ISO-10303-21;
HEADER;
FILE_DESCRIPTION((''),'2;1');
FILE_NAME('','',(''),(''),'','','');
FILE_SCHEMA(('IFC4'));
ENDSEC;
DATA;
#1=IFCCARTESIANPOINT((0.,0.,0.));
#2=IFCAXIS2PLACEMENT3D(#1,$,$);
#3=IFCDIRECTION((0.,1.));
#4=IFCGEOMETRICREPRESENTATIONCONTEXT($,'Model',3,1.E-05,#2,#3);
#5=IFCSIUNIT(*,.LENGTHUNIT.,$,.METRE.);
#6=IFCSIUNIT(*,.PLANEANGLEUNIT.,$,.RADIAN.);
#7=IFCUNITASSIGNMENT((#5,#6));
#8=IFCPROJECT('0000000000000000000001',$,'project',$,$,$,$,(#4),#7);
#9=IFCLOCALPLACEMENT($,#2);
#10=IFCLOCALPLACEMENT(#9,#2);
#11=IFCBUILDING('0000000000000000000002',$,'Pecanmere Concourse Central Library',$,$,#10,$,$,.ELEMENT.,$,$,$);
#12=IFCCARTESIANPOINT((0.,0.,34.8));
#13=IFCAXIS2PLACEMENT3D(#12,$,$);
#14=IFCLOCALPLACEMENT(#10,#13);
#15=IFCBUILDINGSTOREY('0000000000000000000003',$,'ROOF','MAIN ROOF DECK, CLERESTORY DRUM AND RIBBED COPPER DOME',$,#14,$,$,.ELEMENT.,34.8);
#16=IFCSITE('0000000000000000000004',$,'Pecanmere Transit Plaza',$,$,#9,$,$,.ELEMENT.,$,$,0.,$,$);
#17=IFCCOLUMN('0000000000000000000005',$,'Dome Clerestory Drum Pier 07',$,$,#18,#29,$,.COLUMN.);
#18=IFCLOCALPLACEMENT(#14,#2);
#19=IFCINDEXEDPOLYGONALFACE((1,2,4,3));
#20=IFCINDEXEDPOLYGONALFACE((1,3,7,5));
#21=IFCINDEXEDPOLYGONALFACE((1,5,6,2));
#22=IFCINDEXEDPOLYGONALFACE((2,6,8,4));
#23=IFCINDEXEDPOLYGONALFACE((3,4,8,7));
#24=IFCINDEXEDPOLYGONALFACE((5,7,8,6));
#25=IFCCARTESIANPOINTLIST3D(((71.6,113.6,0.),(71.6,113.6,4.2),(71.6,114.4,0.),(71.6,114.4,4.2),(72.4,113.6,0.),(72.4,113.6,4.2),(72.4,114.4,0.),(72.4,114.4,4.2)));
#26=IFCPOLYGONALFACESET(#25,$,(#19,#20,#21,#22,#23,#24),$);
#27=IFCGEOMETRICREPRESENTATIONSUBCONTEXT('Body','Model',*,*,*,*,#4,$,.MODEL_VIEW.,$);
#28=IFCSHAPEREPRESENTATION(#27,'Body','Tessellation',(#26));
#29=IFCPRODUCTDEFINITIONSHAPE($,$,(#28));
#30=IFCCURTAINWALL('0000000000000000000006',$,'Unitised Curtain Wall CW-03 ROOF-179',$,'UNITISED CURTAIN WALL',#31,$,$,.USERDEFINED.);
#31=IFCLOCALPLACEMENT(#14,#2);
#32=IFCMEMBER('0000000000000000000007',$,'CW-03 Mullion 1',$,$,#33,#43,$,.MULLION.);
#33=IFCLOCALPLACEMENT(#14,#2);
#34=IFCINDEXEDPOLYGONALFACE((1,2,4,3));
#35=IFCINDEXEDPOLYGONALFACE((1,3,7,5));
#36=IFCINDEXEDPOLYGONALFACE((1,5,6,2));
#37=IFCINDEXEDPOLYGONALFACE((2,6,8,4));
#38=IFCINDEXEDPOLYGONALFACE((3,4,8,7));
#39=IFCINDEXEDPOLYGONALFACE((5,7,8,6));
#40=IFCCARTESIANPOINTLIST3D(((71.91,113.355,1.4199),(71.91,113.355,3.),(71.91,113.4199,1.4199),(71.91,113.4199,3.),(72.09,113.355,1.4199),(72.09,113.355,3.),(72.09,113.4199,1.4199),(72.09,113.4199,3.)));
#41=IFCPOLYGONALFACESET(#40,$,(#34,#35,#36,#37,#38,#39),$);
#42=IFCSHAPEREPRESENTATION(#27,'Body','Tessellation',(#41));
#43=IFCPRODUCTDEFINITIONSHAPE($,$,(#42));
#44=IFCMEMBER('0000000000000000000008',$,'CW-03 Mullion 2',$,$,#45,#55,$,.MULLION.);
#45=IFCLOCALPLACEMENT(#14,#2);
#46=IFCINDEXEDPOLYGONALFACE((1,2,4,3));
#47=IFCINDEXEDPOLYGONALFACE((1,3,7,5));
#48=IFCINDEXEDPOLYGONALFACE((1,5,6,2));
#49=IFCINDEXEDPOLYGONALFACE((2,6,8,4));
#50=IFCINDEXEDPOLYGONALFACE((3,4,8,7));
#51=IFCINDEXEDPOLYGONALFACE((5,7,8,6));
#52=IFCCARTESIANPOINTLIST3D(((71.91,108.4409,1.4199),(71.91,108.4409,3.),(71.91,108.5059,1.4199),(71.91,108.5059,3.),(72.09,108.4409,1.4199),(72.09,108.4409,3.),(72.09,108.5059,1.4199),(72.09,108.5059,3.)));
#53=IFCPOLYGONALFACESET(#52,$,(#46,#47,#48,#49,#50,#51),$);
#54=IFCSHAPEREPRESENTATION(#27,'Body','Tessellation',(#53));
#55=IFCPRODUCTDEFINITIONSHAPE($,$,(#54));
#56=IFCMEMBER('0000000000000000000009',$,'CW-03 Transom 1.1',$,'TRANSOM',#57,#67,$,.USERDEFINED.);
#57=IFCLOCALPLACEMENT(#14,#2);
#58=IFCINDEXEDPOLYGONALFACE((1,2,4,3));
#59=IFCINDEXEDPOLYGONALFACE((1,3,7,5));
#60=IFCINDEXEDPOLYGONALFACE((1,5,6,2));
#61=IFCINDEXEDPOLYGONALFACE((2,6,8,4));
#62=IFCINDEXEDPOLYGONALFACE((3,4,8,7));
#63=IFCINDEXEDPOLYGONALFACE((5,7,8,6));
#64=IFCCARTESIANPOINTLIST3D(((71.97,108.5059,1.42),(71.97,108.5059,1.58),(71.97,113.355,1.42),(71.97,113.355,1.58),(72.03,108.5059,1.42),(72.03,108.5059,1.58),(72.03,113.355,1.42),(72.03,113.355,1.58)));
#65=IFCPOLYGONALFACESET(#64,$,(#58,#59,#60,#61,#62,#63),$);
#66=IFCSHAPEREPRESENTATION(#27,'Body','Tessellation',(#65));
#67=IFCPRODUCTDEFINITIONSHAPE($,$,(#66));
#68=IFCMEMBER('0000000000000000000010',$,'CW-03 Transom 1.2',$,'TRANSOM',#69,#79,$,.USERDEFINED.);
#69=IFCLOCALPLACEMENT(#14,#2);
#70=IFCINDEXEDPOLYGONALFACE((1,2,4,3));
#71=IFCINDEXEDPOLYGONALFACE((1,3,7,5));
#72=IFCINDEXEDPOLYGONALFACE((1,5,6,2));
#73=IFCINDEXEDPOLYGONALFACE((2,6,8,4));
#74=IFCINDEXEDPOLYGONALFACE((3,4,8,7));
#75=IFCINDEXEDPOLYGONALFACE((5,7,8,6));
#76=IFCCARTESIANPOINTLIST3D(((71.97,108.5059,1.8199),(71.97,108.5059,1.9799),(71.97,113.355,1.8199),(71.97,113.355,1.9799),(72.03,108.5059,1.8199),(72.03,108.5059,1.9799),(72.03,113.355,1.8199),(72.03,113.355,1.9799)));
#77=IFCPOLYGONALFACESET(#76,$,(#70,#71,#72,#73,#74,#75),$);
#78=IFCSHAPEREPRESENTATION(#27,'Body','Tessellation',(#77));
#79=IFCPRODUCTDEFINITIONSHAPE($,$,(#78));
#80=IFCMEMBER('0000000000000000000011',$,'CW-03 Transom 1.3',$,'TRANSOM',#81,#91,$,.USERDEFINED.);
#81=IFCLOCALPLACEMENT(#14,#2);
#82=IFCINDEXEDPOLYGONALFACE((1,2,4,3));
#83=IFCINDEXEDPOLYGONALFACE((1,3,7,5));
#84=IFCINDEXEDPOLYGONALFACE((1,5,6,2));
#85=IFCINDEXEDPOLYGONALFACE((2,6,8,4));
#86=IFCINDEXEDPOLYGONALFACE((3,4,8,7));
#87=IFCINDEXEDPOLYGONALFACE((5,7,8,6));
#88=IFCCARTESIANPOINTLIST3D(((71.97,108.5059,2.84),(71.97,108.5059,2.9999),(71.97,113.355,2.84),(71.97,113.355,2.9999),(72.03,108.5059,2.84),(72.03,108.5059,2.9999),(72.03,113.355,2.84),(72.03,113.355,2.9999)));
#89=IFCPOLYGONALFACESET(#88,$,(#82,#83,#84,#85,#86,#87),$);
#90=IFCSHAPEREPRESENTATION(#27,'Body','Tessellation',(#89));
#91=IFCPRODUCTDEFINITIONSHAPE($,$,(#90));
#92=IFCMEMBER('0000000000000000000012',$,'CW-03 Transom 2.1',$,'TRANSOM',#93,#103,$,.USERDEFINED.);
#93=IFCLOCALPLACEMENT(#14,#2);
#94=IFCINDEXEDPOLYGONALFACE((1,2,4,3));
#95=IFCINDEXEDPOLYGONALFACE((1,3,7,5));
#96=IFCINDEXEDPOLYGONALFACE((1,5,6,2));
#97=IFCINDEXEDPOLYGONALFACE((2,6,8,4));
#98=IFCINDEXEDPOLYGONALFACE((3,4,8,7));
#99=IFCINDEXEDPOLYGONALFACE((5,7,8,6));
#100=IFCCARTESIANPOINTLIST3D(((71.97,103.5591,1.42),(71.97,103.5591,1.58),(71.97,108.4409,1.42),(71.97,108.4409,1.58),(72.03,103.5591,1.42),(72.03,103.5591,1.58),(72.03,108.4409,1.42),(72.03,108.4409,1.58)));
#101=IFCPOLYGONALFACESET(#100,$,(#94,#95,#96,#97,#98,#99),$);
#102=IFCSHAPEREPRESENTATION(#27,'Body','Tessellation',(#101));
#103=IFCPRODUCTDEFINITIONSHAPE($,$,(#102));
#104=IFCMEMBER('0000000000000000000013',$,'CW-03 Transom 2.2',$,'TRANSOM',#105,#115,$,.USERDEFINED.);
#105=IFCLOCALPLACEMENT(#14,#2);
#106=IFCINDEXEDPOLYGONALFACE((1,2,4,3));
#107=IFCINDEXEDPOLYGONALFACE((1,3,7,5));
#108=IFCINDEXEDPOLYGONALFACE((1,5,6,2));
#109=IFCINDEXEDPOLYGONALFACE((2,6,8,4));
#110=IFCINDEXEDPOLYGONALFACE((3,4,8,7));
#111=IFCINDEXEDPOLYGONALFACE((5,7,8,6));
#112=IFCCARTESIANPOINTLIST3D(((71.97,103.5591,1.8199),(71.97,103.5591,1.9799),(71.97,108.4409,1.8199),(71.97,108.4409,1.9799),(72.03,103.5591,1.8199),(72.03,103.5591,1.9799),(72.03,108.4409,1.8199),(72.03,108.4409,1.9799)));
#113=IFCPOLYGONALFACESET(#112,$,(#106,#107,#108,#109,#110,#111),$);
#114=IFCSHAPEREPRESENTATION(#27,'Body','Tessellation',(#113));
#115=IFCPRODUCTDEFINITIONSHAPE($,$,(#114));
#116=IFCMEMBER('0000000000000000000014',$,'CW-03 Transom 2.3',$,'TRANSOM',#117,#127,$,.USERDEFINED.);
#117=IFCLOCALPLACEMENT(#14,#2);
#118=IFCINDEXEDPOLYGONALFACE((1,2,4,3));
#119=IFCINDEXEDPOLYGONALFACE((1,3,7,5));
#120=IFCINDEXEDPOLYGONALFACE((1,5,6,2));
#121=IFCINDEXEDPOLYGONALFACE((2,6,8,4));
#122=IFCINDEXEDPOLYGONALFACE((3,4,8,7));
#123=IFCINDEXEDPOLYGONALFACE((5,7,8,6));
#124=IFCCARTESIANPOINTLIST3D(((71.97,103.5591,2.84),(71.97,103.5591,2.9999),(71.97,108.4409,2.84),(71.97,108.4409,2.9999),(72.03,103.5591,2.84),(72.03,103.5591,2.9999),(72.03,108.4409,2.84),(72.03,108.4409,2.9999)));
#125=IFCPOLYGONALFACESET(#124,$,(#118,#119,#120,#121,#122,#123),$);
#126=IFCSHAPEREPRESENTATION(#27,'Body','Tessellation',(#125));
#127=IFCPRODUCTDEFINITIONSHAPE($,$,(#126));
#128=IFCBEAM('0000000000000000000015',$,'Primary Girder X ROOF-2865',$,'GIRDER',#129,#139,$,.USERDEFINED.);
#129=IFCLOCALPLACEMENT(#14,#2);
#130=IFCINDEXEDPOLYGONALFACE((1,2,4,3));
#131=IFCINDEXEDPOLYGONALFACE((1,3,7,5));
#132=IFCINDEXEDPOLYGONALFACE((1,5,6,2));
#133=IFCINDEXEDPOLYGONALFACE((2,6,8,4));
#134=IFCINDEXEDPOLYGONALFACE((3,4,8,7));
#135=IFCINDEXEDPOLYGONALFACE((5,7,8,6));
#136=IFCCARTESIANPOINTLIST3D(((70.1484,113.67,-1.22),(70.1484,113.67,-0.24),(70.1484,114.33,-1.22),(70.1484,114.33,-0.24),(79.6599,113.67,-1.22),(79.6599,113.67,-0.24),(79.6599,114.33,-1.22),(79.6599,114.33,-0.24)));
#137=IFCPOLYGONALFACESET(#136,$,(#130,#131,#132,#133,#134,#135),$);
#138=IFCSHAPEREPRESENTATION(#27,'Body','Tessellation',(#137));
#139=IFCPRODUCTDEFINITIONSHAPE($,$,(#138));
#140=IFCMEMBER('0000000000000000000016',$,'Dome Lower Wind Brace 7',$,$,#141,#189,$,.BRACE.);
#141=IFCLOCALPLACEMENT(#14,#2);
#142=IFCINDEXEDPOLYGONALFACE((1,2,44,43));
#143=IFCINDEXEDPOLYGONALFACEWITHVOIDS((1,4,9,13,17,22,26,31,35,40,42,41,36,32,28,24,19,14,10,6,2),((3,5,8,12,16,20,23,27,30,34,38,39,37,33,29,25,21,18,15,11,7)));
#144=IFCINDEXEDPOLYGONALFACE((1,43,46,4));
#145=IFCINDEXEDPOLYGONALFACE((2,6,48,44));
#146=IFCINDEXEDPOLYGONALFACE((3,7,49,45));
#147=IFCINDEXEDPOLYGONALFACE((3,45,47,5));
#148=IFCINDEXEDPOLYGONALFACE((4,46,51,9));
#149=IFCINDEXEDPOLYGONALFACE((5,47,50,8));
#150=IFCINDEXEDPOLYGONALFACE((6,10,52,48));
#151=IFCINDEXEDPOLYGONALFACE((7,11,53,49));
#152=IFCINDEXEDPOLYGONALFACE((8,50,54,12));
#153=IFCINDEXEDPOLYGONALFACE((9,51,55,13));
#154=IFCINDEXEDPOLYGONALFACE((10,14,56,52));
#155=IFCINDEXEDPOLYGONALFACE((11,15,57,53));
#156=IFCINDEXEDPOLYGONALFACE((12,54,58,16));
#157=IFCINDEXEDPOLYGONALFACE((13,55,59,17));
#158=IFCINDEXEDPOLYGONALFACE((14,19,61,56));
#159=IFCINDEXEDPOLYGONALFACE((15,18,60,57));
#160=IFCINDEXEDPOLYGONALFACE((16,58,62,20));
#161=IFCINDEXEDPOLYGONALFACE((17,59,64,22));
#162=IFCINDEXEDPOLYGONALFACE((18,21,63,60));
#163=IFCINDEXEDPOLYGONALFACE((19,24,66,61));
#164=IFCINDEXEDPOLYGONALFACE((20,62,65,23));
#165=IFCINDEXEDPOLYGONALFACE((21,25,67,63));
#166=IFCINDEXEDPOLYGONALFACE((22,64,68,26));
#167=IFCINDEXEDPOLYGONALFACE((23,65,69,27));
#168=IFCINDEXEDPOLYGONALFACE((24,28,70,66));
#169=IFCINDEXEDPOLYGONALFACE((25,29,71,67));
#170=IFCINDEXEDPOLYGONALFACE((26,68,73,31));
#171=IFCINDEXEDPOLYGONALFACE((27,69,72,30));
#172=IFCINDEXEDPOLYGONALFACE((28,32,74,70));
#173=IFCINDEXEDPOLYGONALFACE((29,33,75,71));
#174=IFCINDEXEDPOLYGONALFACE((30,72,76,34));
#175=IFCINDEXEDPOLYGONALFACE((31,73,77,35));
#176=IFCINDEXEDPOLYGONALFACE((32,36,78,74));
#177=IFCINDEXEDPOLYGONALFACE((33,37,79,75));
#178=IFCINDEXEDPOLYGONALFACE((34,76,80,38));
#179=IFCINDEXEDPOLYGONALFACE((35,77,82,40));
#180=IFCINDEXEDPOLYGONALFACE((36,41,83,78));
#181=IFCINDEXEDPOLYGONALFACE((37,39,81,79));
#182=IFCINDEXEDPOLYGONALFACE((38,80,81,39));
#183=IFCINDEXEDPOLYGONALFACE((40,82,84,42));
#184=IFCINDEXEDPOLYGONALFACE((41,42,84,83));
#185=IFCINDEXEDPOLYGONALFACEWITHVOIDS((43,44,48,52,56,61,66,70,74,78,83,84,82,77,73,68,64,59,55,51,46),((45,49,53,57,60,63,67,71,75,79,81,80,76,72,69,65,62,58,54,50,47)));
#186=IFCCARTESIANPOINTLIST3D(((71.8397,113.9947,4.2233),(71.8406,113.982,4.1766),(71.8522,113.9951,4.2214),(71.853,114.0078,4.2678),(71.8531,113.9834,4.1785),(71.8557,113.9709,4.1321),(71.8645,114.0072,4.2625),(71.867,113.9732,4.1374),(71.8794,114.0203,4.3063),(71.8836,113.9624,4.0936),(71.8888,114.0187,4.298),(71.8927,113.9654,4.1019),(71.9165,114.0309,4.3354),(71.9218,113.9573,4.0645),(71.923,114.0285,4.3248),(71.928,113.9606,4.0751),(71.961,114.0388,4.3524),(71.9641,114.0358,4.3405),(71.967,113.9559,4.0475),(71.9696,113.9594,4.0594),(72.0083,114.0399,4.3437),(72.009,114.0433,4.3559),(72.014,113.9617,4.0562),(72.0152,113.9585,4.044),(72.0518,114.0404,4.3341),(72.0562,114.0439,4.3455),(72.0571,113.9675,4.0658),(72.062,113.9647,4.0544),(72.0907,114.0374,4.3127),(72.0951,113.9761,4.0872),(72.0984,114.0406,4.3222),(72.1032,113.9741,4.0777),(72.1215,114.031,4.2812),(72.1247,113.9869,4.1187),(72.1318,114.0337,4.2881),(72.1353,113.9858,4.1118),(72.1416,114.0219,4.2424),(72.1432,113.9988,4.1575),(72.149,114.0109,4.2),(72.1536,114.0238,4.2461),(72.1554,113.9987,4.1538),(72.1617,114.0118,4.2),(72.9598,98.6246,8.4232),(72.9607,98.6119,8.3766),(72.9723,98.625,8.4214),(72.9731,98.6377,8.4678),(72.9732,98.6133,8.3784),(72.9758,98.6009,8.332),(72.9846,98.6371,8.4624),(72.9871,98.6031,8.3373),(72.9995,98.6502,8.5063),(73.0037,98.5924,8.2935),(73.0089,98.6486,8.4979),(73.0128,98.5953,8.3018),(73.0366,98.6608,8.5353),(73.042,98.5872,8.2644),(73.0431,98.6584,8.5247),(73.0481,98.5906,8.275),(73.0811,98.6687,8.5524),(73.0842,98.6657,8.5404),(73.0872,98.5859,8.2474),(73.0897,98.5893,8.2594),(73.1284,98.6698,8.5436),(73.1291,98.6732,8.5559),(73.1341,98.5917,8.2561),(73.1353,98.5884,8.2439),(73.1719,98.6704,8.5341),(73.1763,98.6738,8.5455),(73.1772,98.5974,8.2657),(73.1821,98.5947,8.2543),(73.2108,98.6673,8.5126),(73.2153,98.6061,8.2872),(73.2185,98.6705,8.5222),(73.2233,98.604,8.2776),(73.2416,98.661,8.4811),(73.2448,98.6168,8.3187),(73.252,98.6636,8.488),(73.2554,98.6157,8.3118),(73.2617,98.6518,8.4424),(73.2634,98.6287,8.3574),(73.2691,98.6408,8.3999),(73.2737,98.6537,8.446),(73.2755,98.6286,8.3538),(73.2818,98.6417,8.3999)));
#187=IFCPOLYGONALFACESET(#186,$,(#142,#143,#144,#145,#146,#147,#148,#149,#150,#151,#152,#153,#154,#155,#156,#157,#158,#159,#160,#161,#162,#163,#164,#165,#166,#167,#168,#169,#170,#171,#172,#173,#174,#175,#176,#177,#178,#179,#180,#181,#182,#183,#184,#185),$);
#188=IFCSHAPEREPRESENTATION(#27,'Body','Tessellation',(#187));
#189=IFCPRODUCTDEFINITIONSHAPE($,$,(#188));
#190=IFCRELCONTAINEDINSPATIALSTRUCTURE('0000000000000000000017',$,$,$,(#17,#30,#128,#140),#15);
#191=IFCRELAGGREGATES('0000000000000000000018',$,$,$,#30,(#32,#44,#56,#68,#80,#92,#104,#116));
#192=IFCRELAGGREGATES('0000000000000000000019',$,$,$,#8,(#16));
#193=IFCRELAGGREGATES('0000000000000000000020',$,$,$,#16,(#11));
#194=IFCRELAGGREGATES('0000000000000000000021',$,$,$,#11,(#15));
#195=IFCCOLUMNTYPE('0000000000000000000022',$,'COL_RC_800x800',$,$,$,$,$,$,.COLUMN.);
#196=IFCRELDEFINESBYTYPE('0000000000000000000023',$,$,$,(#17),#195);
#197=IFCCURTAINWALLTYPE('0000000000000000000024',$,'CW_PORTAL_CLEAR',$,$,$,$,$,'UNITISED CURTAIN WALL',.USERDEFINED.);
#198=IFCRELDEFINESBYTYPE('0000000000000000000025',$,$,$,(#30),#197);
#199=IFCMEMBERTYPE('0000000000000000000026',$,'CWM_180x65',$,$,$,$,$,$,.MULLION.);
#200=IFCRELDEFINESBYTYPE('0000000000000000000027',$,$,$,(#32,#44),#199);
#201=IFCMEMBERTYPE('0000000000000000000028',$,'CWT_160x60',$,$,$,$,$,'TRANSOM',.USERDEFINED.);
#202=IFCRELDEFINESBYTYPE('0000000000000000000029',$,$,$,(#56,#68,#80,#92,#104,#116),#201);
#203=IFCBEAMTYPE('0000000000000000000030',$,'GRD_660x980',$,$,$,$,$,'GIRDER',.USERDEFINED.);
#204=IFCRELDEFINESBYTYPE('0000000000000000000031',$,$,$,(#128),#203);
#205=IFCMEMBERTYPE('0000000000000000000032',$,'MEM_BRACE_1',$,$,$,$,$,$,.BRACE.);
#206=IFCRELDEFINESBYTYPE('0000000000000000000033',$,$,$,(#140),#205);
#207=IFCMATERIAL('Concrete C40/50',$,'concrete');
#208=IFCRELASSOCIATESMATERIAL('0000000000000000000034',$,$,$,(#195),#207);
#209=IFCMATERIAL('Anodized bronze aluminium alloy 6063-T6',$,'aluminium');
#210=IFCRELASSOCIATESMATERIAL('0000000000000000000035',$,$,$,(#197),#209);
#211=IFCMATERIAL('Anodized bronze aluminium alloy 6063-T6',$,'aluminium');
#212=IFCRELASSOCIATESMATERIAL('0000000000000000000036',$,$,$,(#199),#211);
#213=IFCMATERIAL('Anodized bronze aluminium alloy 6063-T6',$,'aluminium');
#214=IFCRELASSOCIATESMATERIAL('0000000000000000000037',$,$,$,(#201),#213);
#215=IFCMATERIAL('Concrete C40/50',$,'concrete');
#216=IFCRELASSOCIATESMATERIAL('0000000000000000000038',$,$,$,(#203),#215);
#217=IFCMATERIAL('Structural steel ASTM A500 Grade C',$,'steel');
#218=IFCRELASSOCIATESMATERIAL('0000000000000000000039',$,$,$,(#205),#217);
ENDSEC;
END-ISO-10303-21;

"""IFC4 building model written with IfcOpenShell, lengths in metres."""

from ifc_helpers import new_model, si_unit, direction, frame, origin, origin_2d, place, context, subcontext, project, spatial, rectangle, hollow_circle, extrude, material, material_profile, profile_set, type_object, element, aggregate, save


model = new_model("IFC4")

# Units and contexts
model_context = context("Model", 3, precision=1e-05, world=origin(), true_north=direction((0.0, 1.0)))
body_context = subcontext(model_context, "Body", "Model", "MODEL_VIEW")
ifc_project = project(units=[si_unit("LENGTHUNIT", "METRE"), si_unit("PLANEANGLEUNIT", "RADIAN")], contexts=[model_context])

# Site, building, storey
site_placement = place(None, origin())
site = spatial("IfcSite", under=ifc_project, at=site_placement, Name="Pecanmere Transit Plaza", CompositionType="ELEMENT", RefElevation=0.0)
building_placement = place(site_placement, origin())
building = spatial("IfcBuilding", under=site, at=building_placement, Name="Pecanmere Concourse Central Library", CompositionType="ELEMENT")
storey_placement = place(building_placement, frame((0.0, 0.0, 34.8)))
storey = spatial("IfcBuildingStorey", under=building, at=storey_placement, Name="ROOF", Description="MAIN ROOF DECK, CLERESTORY DRUM AND RIBBED COPPER DOME", CompositionType="ELEMENT", Elevation=34.8)

# Column
ifc_material_1 = material(Name="Concrete C40/50", Category="concrete")
ifc_material_profile_1 = material_profile(ifc_material_1, rectangle(XDim=0.8, YDim=0.8, at=origin_2d()), Name="RC 800x800")
ifc_profile_set_1 = profile_set([ifc_material_profile_1], Name="Concrete C40/50")
column_type = type_object("IfcColumnType", Name="COL_RC_800x800", PredefinedType="COLUMN", material=ifc_profile_set_1)
column_placement = place(storey_placement, frame((72.0, 114.0, 0.0), z_axis=(0.0, 0.0, 1.0), x_axis=(1.0, 0.0, 0.0)))
element("IfcColumn", 1, at=column_placement, inside=storey, type_object=column_type, Name="Dome Clerestory Drum Pier 07", PredefinedType="COLUMN", context=body_context, shape_type="SweptSolid", body=[
    extrude(rectangle(XDim=0.8, YDim=0.8, at=origin_2d()), origin(), (0.0, 0.0, 1.0), 4.2),
])

# Curtain wall, members
ifc_material_2 = material(Name="Anodized bronze aluminium alloy 6063-T6", Category="aluminium")
curtain_wall_type = type_object("IfcCurtainWallType", Name="CW_PORTAL_CLEAR", ElementType="UNITISED CURTAIN WALL", PredefinedType="USERDEFINED", material=ifc_material_2)
curtain_wall_placement = place(storey_placement, origin())
curtain_wall = element("IfcCurtainWall", 2, at=curtain_wall_placement, inside=storey, type_object=curtain_wall_type, Name="Unitised Curtain Wall CW-03 ROOF-179", ObjectType="UNITISED CURTAIN WALL", PredefinedType="USERDEFINED")
ifc_material_3 = material(Name="Anodized bronze aluminium alloy 6063-T6", Category="aluminium")
ifc_material_profile_2 = material_profile(ifc_material_3, rectangle(XDim=0.0649, YDim=0.1799, at=origin_2d()), Name="AL 65x180")
ifc_profile_set_2 = profile_set([ifc_material_profile_2], Name="Anodized bronze aluminium alloy 6063-T6")
member_type_1 = type_object("IfcMemberType", Name="CWM_180x65", PredefinedType="MULLION", material=ifc_profile_set_2)
member_1_placement = place(storey_placement, frame((72.0, 113.3875, 1.4199), z_axis=(0.0, 0.0, 1.0), x_axis=(0.0, -1.0, 0.0)))
member_1 = element("IfcMember", 3, at=member_1_placement, type_object=member_type_1, Name="CW-03 Mullion 1", PredefinedType="MULLION", context=body_context, shape_type="SweptSolid", body=[
    extrude(rectangle(XDim=0.0649, YDim=0.1799, at=origin_2d()), origin(), (0.0, 0.0, 1.0), 1.5801),
])
member_2_placement = place(storey_placement, frame((72.0, 108.4734, 1.4199), z_axis=(0.0, 0.0, 1.0), x_axis=(0.0, -1.0, 0.0)))
member_2 = element("IfcMember", 4, at=member_2_placement, type_object=member_type_1, Name="CW-03 Mullion 2", PredefinedType="MULLION", context=body_context, shape_type="SweptSolid", body=[
    extrude(rectangle(XDim=0.0649, YDim=0.1799, at=origin_2d()), origin(), (0.0, 0.0, 1.0), 1.5801),
])
ifc_material_4 = material(Name="Anodized bronze aluminium alloy 6063-T6", Category="aluminium")
ifc_material_profile_3 = material_profile(ifc_material_4, rectangle(XDim=0.0601, YDim=0.1599, at=origin_2d()), Name="AL 60x160")
ifc_profile_set_3 = profile_set([ifc_material_profile_3], Name="Anodized bronze aluminium alloy 6063-T6")
member_type_2 = type_object("IfcMemberType", Name="CWT_160x60", ElementType="TRANSOM", PredefinedType="USERDEFINED", material=ifc_profile_set_3)
member_3_placement = place(storey_placement, frame((72.0, 113.355, 1.5), z_axis=(0.0, -1.0, 0.0), x_axis=(1.0, 0.0, 0.0)))
member_3 = element("IfcMember", 5, at=member_3_placement, type_object=member_type_2, Name="CW-03 Transom 1.1", ObjectType="TRANSOM", PredefinedType="USERDEFINED", context=body_context, shape_type="SweptSolid", body=[
    extrude(rectangle(XDim=0.0601, YDim=0.1599, at=origin_2d()), origin(), (0.0, 0.0, 1.0), 4.8491),
])
member_4_placement = place(storey_placement, frame((72.0, 113.355, 1.8999), z_axis=(0.0, -1.0, 0.0), x_axis=(1.0, 0.0, 0.0)))
member_4 = element("IfcMember", 6, at=member_4_placement, type_object=member_type_2, Name="CW-03 Transom 1.2", ObjectType="TRANSOM", PredefinedType="USERDEFINED", context=body_context, shape_type="SweptSolid", body=[
    extrude(rectangle(XDim=0.0601, YDim=0.1599, at=origin_2d()), origin(), (0.0, 0.0, 1.0), 4.8491),
])
member_5_placement = place(storey_placement, frame((72.0, 113.355, 2.9199), z_axis=(0.0, -1.0, 0.0), x_axis=(1.0, 0.0, 0.0)))
member_5 = element("IfcMember", 7, at=member_5_placement, type_object=member_type_2, Name="CW-03 Transom 1.3", ObjectType="TRANSOM", PredefinedType="USERDEFINED", context=body_context, shape_type="SweptSolid", body=[
    extrude(rectangle(XDim=0.0601, YDim=0.1599, at=origin_2d()), origin(), (0.0, 0.0, 1.0), 4.8491),
])
member_6_placement = place(storey_placement, frame((72.0, 108.4409, 1.5), z_axis=(0.0, -1.0, 0.0), x_axis=(1.0, 0.0, 0.0)))
member_6 = element("IfcMember", 8, at=member_6_placement, type_object=member_type_2, Name="CW-03 Transom 2.1", ObjectType="TRANSOM", PredefinedType="USERDEFINED", context=body_context, shape_type="SweptSolid", body=[
    extrude(rectangle(XDim=0.0601, YDim=0.1599, at=origin_2d()), origin(), (0.0, 0.0, 1.0), 4.8818),
])
member_7_placement = place(storey_placement, frame((72.0, 108.4409, 1.8999), z_axis=(0.0, -1.0, 0.0), x_axis=(1.0, 0.0, 0.0)))
member_7 = element("IfcMember", 9, at=member_7_placement, type_object=member_type_2, Name="CW-03 Transom 2.2", ObjectType="TRANSOM", PredefinedType="USERDEFINED", context=body_context, shape_type="SweptSolid", body=[
    extrude(rectangle(XDim=0.0601, YDim=0.1599, at=origin_2d()), origin(), (0.0, 0.0, 1.0), 4.8818),
])
member_8_placement = place(storey_placement, frame((72.0, 108.4409, 2.9199), z_axis=(0.0, -1.0, 0.0), x_axis=(1.0, 0.0, 0.0)))
member_8 = element("IfcMember", 10, at=member_8_placement, type_object=member_type_2, Name="CW-03 Transom 2.3", ObjectType="TRANSOM", PredefinedType="USERDEFINED", context=body_context, shape_type="SweptSolid", body=[
    extrude(rectangle(XDim=0.0601, YDim=0.1599, at=origin_2d()), origin(), (0.0, 0.0, 1.0), 4.8818),
])

# Beam
ifc_material_5 = material(Name="Concrete C40/50", Category="concrete")
ifc_material_profile_4 = material_profile(ifc_material_5, rectangle(XDim=0.6599, YDim=0.98, at=origin_2d()), Name="RC 660x980")
ifc_profile_set_4 = profile_set([ifc_material_profile_4], Name="Concrete C40/50")
beam_type_1 = type_object("IfcBeamType", Name="GRD_660x980", ElementType="GIRDER", PredefinedType="USERDEFINED", material=ifc_profile_set_4)
beam_1_placement = place(storey_placement, frame((70.1484, 114.0, -0.73), z_axis=(1.0, 0.0, 0.0), x_axis=(0.0, 1.0, 0.0)))
element("IfcBeam", 11, at=beam_1_placement, inside=storey, type_object=beam_type_1, Name="Primary Girder X ROOF-2865", ObjectType="GIRDER", PredefinedType="USERDEFINED", context=body_context, shape_type="SweptSolid", body=[
    extrude(rectangle(XDim=0.6599, YDim=0.98, at=origin_2d()), origin(), (0.0, 0.0, 1.0), 9.5115),
])

# Member
ifc_material_6 = material(Name="Structural steel ASTM A500 Grade C", Category="steel")
ifc_material_profile_5 = material_profile(ifc_material_6, hollow_circle(Radius=0.1621, WallThickness=0.0127, at=origin_2d()), Name="HSS323.9x12.7")
ifc_profile_set_5 = profile_set([ifc_material_profile_5], Name="Structural steel ASTM A500 Grade C")
member_type_3 = type_object("IfcMemberType", Name="MEM_BRACE_1", PredefinedType="BRACE", material=ifc_profile_set_5)
member_9_placement = place(storey_placement, frame((72.0, 114.0, 4.2), z_axis=(0.070126, -0.96226, 0.262942), x_axis=(0.997355, 0.072684, 0.0)))
element("IfcMember", 12, at=member_9_placement, inside=storey, type_object=member_type_3, Name="Dome Lower Wind Brace 7", PredefinedType="BRACE", context=body_context, shape_type="SweptSolid", body=[
    extrude(hollow_circle(Radius=0.1621, WallThickness=0.0127, at=origin_2d()), origin(), (0.0, 0.0, 1.0), 15.9729),
])

aggregate(curtain_wall, [member_1, member_2, member_3, member_4, member_5, member_6, member_7, member_8])

save(model, "model.ifc")
